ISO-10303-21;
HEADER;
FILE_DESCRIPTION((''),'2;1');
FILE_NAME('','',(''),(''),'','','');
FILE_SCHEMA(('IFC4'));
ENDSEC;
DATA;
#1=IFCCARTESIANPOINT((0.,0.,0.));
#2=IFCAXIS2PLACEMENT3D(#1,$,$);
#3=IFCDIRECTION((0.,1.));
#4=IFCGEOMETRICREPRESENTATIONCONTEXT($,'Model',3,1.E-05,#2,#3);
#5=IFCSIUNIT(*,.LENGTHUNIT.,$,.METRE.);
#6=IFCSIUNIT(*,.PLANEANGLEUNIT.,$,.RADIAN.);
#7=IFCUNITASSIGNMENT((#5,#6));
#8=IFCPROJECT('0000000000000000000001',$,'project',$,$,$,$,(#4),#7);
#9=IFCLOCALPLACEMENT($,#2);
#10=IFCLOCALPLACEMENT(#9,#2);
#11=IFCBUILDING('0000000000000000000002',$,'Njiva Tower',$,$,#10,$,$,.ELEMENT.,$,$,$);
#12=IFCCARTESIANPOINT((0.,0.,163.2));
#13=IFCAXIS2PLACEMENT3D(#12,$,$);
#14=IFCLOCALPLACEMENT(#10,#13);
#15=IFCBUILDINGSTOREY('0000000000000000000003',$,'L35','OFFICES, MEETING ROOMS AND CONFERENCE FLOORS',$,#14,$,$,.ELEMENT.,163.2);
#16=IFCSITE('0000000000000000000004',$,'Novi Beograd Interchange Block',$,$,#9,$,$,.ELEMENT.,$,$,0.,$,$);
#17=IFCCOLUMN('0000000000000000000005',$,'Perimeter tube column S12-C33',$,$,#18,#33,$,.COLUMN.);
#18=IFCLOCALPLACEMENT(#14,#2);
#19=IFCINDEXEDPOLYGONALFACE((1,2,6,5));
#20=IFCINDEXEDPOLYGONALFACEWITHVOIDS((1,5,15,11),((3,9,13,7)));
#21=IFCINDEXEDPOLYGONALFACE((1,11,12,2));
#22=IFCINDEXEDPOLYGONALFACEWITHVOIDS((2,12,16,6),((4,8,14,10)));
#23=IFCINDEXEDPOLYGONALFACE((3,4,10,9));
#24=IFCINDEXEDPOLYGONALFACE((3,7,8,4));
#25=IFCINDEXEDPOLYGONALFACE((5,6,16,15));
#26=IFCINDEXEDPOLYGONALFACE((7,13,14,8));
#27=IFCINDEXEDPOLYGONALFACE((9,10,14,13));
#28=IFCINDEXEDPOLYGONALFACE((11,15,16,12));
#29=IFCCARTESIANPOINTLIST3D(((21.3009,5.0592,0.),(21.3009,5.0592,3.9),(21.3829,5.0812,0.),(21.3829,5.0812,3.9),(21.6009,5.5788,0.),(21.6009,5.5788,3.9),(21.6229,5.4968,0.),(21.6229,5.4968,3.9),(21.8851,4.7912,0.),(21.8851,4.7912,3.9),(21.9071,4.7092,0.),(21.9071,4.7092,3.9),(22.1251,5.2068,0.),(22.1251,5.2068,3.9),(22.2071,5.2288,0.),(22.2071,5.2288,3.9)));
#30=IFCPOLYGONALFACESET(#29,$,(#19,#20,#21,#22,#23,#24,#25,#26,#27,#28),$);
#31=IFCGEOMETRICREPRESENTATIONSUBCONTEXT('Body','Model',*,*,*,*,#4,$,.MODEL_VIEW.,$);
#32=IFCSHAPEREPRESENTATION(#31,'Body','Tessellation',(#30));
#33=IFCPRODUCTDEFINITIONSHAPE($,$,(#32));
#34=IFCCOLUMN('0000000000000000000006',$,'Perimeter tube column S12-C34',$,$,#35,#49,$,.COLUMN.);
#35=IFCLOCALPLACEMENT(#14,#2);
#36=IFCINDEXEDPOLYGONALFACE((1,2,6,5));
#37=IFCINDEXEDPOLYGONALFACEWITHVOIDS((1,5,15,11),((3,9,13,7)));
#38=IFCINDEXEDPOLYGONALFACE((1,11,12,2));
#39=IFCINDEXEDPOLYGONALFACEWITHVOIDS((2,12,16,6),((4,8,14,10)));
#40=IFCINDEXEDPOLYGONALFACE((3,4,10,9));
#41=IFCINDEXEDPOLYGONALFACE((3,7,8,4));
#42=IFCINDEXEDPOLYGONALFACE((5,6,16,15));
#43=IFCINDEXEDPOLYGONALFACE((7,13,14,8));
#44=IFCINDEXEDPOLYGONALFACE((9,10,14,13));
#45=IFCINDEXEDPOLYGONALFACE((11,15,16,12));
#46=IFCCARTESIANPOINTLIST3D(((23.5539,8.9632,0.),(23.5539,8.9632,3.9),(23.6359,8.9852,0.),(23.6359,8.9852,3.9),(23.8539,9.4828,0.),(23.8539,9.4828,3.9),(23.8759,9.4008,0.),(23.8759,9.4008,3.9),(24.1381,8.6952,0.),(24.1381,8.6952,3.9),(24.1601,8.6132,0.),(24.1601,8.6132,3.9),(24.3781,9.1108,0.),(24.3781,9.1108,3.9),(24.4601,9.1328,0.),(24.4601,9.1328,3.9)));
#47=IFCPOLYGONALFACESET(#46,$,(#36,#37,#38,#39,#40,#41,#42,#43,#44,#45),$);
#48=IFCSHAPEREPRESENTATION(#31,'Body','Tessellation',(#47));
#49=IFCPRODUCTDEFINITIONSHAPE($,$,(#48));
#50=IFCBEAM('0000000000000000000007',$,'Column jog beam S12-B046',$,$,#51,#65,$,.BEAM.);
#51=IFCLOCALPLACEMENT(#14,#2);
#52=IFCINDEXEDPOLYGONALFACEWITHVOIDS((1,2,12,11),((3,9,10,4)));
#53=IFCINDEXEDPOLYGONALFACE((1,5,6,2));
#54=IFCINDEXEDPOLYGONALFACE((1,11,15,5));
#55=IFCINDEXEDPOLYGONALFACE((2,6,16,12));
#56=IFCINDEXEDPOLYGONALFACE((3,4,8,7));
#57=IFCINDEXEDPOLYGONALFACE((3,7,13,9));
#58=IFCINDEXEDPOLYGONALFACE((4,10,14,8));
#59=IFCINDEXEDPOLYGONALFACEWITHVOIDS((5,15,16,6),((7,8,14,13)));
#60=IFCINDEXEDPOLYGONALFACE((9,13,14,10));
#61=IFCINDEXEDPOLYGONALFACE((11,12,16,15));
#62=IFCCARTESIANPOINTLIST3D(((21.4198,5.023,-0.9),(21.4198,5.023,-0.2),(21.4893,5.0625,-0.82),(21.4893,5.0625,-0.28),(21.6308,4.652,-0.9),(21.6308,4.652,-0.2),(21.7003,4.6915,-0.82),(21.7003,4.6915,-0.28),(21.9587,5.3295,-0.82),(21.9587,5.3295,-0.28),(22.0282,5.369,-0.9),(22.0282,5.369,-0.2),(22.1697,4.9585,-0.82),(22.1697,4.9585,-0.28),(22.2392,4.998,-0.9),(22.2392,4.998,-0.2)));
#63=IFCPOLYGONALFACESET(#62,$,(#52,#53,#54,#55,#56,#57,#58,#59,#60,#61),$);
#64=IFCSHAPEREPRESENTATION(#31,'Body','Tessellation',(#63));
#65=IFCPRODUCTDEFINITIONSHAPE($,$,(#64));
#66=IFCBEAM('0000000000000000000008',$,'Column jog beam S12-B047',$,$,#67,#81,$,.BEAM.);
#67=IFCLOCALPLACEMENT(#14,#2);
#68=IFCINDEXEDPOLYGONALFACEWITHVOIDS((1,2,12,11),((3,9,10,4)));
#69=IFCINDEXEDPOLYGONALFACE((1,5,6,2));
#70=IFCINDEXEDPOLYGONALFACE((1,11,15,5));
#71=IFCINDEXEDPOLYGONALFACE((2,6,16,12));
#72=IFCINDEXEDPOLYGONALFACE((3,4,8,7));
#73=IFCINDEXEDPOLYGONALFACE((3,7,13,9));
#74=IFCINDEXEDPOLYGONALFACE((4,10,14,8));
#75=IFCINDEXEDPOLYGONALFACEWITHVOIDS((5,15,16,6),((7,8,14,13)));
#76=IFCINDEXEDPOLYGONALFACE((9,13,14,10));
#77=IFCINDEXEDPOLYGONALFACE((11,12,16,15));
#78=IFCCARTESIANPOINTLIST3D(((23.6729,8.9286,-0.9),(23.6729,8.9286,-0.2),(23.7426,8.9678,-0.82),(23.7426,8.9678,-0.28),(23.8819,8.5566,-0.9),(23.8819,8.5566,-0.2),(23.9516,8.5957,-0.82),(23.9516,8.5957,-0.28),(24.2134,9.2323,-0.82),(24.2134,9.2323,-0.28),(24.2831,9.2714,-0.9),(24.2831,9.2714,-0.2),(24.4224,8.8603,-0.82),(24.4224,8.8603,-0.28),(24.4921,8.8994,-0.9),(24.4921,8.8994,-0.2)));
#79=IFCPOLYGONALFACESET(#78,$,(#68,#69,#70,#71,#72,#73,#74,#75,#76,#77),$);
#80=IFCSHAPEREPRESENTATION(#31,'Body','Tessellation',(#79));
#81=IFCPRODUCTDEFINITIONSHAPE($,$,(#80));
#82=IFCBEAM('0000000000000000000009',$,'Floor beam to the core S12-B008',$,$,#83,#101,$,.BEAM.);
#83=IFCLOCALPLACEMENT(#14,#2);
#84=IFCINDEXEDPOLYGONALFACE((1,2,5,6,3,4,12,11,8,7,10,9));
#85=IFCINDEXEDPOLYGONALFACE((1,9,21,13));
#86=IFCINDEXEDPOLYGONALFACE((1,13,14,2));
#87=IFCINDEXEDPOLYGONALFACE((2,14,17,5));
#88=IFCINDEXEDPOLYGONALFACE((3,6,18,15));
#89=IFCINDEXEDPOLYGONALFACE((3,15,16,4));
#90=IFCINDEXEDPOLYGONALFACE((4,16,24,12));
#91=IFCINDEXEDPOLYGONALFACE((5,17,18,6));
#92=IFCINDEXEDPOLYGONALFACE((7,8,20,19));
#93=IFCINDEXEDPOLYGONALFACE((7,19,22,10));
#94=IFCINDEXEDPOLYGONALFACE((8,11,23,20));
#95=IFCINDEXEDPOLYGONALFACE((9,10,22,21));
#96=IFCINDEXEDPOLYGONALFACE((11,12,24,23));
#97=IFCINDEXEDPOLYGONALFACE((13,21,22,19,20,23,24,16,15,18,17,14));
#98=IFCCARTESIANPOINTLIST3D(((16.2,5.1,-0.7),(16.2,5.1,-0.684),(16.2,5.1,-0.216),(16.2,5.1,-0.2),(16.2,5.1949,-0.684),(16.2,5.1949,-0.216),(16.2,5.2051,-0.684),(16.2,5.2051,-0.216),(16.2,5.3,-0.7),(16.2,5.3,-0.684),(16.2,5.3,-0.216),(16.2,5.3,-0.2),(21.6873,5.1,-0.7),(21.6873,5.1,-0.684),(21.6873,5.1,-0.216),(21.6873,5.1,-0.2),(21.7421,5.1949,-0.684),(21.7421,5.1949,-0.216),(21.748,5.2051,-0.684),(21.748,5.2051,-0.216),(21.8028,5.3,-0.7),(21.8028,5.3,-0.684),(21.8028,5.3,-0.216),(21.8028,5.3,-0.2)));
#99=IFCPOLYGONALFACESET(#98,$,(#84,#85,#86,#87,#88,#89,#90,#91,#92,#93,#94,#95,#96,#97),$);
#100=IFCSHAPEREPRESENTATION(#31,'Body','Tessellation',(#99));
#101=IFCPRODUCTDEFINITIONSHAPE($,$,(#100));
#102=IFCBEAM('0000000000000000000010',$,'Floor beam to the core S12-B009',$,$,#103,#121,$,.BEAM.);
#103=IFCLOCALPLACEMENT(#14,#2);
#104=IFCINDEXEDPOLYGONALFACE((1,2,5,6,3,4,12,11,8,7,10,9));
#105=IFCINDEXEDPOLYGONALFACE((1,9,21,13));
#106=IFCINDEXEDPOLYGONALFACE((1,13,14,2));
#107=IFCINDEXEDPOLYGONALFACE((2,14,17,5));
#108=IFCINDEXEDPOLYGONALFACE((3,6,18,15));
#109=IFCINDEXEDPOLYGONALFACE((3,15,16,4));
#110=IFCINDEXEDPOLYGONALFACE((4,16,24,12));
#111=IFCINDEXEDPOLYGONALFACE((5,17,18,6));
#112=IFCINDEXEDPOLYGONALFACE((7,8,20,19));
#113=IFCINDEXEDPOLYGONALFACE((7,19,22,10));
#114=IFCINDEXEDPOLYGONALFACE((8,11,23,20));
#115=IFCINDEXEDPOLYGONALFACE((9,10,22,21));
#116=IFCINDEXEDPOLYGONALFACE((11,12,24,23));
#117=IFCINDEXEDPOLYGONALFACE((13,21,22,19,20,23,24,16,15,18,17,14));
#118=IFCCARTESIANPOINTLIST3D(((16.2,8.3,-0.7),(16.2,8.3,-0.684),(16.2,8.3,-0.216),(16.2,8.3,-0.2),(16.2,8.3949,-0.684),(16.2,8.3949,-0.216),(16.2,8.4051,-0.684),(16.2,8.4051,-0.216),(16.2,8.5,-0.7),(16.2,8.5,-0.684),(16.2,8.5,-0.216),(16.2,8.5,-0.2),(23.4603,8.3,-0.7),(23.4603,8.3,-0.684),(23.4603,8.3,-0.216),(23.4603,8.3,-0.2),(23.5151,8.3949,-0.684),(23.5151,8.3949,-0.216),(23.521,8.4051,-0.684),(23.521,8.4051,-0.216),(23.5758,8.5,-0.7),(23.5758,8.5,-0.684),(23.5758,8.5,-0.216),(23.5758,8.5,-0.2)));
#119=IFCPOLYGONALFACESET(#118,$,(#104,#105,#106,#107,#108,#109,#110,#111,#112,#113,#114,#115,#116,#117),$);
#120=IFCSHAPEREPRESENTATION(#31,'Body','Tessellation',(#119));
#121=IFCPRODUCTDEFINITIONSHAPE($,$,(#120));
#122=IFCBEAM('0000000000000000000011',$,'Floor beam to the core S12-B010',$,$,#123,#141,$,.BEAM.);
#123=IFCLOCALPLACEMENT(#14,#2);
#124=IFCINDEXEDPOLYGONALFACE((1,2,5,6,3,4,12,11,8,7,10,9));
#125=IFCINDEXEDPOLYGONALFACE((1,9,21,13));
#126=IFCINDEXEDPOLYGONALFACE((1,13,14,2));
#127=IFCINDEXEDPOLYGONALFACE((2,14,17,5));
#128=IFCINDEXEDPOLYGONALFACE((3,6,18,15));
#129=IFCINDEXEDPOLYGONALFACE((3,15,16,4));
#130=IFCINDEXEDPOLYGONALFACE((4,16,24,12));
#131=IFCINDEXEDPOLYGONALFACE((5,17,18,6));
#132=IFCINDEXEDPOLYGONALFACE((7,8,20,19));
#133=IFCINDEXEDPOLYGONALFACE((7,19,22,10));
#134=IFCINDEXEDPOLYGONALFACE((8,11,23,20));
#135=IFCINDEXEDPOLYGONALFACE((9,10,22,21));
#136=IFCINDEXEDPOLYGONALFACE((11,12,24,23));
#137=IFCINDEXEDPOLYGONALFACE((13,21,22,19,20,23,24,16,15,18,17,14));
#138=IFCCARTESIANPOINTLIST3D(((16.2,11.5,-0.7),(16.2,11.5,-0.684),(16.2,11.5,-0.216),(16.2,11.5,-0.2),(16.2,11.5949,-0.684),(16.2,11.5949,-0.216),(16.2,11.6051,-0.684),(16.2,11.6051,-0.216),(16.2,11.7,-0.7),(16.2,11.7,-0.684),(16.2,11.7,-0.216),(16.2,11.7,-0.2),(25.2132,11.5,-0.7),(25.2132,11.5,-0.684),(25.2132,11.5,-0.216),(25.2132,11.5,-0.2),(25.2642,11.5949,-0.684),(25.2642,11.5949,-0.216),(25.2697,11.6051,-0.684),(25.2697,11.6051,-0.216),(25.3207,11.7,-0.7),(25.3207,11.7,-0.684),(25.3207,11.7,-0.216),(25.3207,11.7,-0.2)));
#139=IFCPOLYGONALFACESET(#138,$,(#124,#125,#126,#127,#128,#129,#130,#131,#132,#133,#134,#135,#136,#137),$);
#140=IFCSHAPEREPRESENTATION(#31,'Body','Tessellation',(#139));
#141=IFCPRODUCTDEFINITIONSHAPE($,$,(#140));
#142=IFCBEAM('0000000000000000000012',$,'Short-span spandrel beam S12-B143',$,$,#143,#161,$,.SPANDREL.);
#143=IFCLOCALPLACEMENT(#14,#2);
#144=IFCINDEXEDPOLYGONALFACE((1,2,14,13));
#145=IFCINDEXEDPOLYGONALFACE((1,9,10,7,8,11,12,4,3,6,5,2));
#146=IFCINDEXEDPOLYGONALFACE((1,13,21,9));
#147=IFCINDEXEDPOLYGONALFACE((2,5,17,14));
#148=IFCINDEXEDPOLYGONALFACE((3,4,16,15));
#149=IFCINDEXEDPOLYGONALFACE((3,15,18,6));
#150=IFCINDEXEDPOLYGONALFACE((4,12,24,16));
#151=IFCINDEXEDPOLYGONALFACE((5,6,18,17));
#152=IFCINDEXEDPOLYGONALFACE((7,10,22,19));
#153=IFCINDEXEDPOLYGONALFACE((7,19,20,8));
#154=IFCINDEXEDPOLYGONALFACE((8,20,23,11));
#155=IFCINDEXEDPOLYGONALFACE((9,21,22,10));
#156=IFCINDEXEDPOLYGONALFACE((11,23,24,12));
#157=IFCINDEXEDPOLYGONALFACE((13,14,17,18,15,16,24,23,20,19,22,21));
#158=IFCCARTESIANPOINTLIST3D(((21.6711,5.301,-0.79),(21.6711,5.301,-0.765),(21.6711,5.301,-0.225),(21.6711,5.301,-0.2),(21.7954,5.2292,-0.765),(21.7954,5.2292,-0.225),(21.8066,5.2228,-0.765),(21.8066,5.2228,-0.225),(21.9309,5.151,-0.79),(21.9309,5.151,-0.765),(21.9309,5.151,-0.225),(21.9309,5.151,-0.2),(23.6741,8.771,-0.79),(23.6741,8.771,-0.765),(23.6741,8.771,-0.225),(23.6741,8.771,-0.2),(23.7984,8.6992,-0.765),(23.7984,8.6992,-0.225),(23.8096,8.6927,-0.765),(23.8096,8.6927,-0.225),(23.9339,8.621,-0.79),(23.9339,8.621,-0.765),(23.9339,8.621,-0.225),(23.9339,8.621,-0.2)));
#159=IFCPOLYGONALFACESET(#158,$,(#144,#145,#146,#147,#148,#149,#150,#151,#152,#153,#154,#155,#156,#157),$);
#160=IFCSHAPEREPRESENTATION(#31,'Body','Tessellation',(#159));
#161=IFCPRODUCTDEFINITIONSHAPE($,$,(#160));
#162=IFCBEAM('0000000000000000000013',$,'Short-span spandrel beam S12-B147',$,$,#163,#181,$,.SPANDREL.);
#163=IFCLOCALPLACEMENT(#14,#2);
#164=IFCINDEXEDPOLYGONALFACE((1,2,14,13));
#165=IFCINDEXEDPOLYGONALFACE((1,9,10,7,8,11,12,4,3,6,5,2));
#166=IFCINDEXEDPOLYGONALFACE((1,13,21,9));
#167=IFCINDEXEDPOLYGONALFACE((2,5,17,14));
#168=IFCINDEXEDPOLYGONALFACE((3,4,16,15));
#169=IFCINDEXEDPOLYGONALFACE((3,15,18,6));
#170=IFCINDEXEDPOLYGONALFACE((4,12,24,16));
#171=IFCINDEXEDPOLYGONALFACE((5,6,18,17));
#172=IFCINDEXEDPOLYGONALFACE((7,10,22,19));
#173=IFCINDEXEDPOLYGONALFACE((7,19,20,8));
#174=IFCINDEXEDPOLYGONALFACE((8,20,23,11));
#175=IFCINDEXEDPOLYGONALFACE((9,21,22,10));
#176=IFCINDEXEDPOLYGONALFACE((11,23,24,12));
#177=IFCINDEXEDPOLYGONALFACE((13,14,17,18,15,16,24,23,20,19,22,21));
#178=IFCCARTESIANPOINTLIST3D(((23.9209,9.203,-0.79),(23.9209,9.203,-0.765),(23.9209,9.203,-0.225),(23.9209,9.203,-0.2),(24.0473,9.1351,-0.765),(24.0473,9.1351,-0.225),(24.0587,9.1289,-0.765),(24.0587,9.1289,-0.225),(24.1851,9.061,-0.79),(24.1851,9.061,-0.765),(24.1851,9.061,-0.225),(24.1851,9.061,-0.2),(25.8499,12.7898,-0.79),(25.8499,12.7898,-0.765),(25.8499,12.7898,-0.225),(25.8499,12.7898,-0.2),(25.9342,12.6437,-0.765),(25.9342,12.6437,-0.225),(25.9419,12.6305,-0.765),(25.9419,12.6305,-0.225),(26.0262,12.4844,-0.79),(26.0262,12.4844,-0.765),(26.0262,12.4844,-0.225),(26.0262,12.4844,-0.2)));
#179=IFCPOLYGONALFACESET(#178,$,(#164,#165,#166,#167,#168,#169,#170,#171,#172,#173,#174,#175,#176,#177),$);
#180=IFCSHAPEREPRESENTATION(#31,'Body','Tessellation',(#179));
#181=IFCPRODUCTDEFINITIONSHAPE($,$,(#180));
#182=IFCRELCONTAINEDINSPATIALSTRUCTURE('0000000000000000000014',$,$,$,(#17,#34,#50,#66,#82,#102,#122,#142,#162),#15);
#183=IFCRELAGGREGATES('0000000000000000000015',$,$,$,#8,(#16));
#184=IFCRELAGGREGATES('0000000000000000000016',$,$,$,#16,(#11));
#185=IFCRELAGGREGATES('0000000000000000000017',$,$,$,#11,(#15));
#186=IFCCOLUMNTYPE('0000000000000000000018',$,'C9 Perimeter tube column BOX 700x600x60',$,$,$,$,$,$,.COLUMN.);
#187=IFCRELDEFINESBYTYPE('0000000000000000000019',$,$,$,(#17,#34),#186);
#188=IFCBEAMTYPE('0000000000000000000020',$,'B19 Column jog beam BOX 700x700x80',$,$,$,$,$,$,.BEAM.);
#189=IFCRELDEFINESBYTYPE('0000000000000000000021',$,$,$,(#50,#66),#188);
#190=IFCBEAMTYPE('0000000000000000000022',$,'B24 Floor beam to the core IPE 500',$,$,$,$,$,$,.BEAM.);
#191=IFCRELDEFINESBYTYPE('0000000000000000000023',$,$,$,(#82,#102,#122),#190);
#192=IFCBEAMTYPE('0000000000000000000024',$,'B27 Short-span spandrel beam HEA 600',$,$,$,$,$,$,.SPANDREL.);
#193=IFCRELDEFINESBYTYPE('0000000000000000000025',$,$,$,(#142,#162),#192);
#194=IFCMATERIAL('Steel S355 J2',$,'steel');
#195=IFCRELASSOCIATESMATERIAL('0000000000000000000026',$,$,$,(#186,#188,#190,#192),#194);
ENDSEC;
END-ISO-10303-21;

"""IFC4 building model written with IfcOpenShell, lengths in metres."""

from ifc_helpers import new_model, si_unit, direction, frame, origin, origin_2d, place, context, subcontext, project, spatial, hollow_rectangle, i_section, extrude, clip, halfspace, material, material_profile, profile_set, type_object, element, save


model = new_model("IFC4")

# Units and contexts
model_context = context("Model", 3, precision=1e-05, world=origin(), true_north=direction((0.0, 1.0)))
body_context = subcontext(model_context, "Body", "Model", "MODEL_VIEW")
ifc_project = project(units=[si_unit("LENGTHUNIT", "METRE"), si_unit("PLANEANGLEUNIT", "RADIAN")], contexts=[model_context])

# Site, building, storey
site_placement = place(None, origin())
site = spatial("IfcSite", under=ifc_project, at=site_placement, Name="Novi Beograd Interchange Block", CompositionType="ELEMENT", RefElevation=0.0)
building_placement = place(site_placement, origin())
building = spatial("IfcBuilding", under=site, at=building_placement, Name="Njiva Tower", CompositionType="ELEMENT")
storey_placement = place(building_placement, frame((0.0, 0.0, 163.2)))
storey = spatial("IfcBuildingStorey", under=building, at=storey_placement, Name="L35", Description="OFFICES, MEETING ROOMS AND CONFERENCE FLOORS", CompositionType="ELEMENT", Elevation=163.2)

# Columns
ifc_material_1 = material(Name="Steel S355 J2", Category="steel")
ifc_material_profile_1 = material_profile(ifc_material_1, hollow_rectangle(XDim=0.6, YDim=0.7, WallThickness=0.06, at=origin_2d()), Name="BOX 700x600x60")
ifc_profile_set_1 = profile_set([ifc_material_profile_1], Name="Steel S355 J2")
column_type = type_object("IfcColumnType", Name="C9 Perimeter tube column BOX 700x600x60", PredefinedType="COLUMN", material=ifc_profile_set_1)
for number, where, z_axis, x_axis, name in (
    (1, (21.754, 5.144, 0.0), (0.0, 0.0, 1.0), (0.5, 0.866025, 0.0), "Perimeter tube column S12-C33"),
    (2, (24.007, 9.048, 0.0), (0.0, 0.0, 1.0), (0.5, 0.866025, 0.0), "Perimeter tube column S12-C34"),
):
    element("IfcColumn", number, at=place(storey_placement, frame(where, z_axis=z_axis, x_axis=x_axis)), inside=storey, type_object=column_type, Name=name, PredefinedType="COLUMN", context=body_context, shape_type="SweptSolid", body=[
        extrude(hollow_rectangle(XDim=0.6, YDim=0.7, WallThickness=0.06, at=origin_2d()), origin(), (0.0, 0.0, 1.0), 3.9),
    ])

# Beams
ifc_material_profile_2 = material_profile(ifc_material_1, hollow_rectangle(XDim=0.7, YDim=0.7, WallThickness=0.08, at=origin_2d()), Name="BOX 700x700x80")
ifc_profile_set_2 = profile_set([ifc_material_profile_2], Name="Steel S355 J2")
beam_type_1 = type_object("IfcBeamType", Name="B19 Column jog beam BOX 700x700x80", PredefinedType="BEAM", material=ifc_profile_set_2)
beam_1_placement = place(storey_placement, frame((21.935, 4.825, -0.55), z_axis=(-0.494372, 0.869251, 0.0), x_axis=(-0.869251, -0.494372, 0.0)))
element("IfcBeam", 3, at=beam_1_placement, inside=storey, type_object=beam_type_1, Name="Column jog beam S12-B046", PredefinedType="BEAM", context=body_context, shape_type="SweptSolid", body=[
    extrude(hollow_rectangle(XDim=0.7, YDim=0.7, WallThickness=0.08, at=origin_2d()), origin(), (0.0, 0.0, 1.0), 0.4268),
])
beam_2_placement = place(storey_placement, frame((24.187, 8.728, -0.55), z_axis=(-0.489816, 0.871826, 0.0), x_axis=(-0.871826, -0.489816, 0.0)))
element("IfcBeam", 4, at=beam_2_placement, inside=storey, type_object=beam_type_1, Name="Column jog beam S12-B047", PredefinedType="BEAM", context=body_context, shape_type="SweptSolid", body=[
    extrude(hollow_rectangle(XDim=0.7, YDim=0.7, WallThickness=0.08, at=origin_2d()), origin(), (0.0, 0.0, 1.0), 0.4267),
])
ifc_material_profile_3 = material_profile(ifc_material_1, i_section(OverallWidth=0.2, OverallDepth=0.5, WebThickness=0.0102, FlangeThickness=0.016, at=origin_2d()), Name="IPE 500")
ifc_profile_set_3 = profile_set([ifc_material_profile_3], Name="Steel S355 J2")
beam_type_2 = type_object("IfcBeamType", Name="B24 Floor beam to the core IPE 500", PredefinedType="BEAM", material=ifc_profile_set_3)
beam_3_placement = place(storey_placement, frame((16.2, 5.2, -0.45), z_axis=(1.0, 0.0, 0.0), x_axis=(0.0, 1.0, 0.0)))
element("IfcBeam", 5, at=beam_3_placement, inside=storey, type_object=beam_type_2, Name="Floor beam to the core S12-B008", PredefinedType="BEAM", context=body_context, shape_type="Clipping", body=[
    clip(extrude(i_section(OverallWidth=0.2, OverallDepth=0.5, WebThickness=0.0102, FlangeThickness=0.016, at=origin_2d()), origin(), (0.0, 0.0, 1.0), 5.623), halfspace(frame((-0.025, 0.0, 5.5306), z_axis=(-0.499998, 0.0, 0.866027), x_axis=(0.0, 1.0, 0.0)), False)),
])
beam_4_placement = place(storey_placement, frame((16.2, 8.4, -0.45), z_axis=(1.0, 0.0, 0.0), x_axis=(0.0, 1.0, 0.0)))
element("IfcBeam", 6, at=beam_4_placement, inside=storey, type_object=beam_type_2, Name="Floor beam to the core S12-B009", PredefinedType="BEAM", context=body_context, shape_type="Clipping", body=[
    clip(extrude(i_section(OverallWidth=0.2, OverallDepth=0.5, WebThickness=0.0102, FlangeThickness=0.016, at=origin_2d()), origin(), (0.0, 0.0, 1.0), 7.396), halfspace(frame((-0.025, 0.0, 7.3036), z_axis=(-0.499998, 0.0, 0.866027), x_axis=(0.0, 1.0, 0.0)), False)),
])
beam_5_placement = place(storey_placement, frame((16.2, 11.6, -0.45), z_axis=(1.0, 0.0, 0.0), x_axis=(0.0, 1.0, 0.0)))
element("IfcBeam", 7, at=beam_5_placement, inside=storey, type_object=beam_type_2, Name="Floor beam to the core S12-B010", PredefinedType="BEAM", context=body_context, shape_type="Clipping", body=[
    clip(extrude(i_section(OverallWidth=0.2, OverallDepth=0.5, WebThickness=0.0102, FlangeThickness=0.016, at=origin_2d()), origin(), (0.0, 0.0, 1.0), 9.141), halfspace(frame((-0.0237, 0.0, 9.0542), z_axis=(-0.473769, 0.0, 0.880649), x_axis=(0.0, 1.0, 0.0)), False)),
])
ifc_material_profile_4 = material_profile(ifc_material_1, i_section(OverallWidth=0.3, OverallDepth=0.59, WebThickness=0.013, FlangeThickness=0.025, at=origin_2d()), Name="HEA 600")
ifc_profile_set_4 = profile_set([ifc_material_profile_4], Name="Steel S355 J2")
beam_type_3 = type_object("IfcBeamType", Name="B27 Short-span spandrel beam HEA 600", PredefinedType="SPANDREL", material=ifc_profile_set_4)
beam_6_placement = place(storey_placement, frame((21.801, 5.226, -0.495), z_axis=(0.499924, 0.866069, 0.0), x_axis=(-0.866069, 0.499924, 0.0)))
element("IfcBeam", 8, at=beam_6_placement, inside=storey, type_object=beam_type_3, Name="Short-span spandrel beam S12-B143", PredefinedType="SPANDREL", context=body_context, shape_type="SweptSolid", body=[
    extrude(i_section(OverallWidth=0.3, OverallDepth=0.59, WebThickness=0.013, FlangeThickness=0.025, at=origin_2d()), origin(), (0.0, 0.0, 1.0), 4.0066),
])
beam_7_placement = place(storey_placement, frame((24.053, 9.132, -0.495), z_axis=(0.47365, 0.880713, 0.0), x_axis=(-0.880713, 0.47365, 0.0)))
element("IfcBeam", 9, at=beam_7_placement, inside=storey, type_object=beam_type_3, Name="Short-span spandrel beam S12-B147", PredefinedType="SPANDREL", context=body_context, shape_type="Clipping", body=[
    clip(extrude(i_section(OverallWidth=0.3, OverallDepth=0.59, WebThickness=0.013, FlangeThickness=0.025, at=origin_2d()), origin(), (0.0, 0.0, 1.0), 4.0927), halfspace(frame((-0.0266, 0.0, 3.9634), z_axis=(-0.525897, 0.0, 0.850548), x_axis=(0.0, 1.0, 0.0)), False)),
])

save(model, "model.ifc")
